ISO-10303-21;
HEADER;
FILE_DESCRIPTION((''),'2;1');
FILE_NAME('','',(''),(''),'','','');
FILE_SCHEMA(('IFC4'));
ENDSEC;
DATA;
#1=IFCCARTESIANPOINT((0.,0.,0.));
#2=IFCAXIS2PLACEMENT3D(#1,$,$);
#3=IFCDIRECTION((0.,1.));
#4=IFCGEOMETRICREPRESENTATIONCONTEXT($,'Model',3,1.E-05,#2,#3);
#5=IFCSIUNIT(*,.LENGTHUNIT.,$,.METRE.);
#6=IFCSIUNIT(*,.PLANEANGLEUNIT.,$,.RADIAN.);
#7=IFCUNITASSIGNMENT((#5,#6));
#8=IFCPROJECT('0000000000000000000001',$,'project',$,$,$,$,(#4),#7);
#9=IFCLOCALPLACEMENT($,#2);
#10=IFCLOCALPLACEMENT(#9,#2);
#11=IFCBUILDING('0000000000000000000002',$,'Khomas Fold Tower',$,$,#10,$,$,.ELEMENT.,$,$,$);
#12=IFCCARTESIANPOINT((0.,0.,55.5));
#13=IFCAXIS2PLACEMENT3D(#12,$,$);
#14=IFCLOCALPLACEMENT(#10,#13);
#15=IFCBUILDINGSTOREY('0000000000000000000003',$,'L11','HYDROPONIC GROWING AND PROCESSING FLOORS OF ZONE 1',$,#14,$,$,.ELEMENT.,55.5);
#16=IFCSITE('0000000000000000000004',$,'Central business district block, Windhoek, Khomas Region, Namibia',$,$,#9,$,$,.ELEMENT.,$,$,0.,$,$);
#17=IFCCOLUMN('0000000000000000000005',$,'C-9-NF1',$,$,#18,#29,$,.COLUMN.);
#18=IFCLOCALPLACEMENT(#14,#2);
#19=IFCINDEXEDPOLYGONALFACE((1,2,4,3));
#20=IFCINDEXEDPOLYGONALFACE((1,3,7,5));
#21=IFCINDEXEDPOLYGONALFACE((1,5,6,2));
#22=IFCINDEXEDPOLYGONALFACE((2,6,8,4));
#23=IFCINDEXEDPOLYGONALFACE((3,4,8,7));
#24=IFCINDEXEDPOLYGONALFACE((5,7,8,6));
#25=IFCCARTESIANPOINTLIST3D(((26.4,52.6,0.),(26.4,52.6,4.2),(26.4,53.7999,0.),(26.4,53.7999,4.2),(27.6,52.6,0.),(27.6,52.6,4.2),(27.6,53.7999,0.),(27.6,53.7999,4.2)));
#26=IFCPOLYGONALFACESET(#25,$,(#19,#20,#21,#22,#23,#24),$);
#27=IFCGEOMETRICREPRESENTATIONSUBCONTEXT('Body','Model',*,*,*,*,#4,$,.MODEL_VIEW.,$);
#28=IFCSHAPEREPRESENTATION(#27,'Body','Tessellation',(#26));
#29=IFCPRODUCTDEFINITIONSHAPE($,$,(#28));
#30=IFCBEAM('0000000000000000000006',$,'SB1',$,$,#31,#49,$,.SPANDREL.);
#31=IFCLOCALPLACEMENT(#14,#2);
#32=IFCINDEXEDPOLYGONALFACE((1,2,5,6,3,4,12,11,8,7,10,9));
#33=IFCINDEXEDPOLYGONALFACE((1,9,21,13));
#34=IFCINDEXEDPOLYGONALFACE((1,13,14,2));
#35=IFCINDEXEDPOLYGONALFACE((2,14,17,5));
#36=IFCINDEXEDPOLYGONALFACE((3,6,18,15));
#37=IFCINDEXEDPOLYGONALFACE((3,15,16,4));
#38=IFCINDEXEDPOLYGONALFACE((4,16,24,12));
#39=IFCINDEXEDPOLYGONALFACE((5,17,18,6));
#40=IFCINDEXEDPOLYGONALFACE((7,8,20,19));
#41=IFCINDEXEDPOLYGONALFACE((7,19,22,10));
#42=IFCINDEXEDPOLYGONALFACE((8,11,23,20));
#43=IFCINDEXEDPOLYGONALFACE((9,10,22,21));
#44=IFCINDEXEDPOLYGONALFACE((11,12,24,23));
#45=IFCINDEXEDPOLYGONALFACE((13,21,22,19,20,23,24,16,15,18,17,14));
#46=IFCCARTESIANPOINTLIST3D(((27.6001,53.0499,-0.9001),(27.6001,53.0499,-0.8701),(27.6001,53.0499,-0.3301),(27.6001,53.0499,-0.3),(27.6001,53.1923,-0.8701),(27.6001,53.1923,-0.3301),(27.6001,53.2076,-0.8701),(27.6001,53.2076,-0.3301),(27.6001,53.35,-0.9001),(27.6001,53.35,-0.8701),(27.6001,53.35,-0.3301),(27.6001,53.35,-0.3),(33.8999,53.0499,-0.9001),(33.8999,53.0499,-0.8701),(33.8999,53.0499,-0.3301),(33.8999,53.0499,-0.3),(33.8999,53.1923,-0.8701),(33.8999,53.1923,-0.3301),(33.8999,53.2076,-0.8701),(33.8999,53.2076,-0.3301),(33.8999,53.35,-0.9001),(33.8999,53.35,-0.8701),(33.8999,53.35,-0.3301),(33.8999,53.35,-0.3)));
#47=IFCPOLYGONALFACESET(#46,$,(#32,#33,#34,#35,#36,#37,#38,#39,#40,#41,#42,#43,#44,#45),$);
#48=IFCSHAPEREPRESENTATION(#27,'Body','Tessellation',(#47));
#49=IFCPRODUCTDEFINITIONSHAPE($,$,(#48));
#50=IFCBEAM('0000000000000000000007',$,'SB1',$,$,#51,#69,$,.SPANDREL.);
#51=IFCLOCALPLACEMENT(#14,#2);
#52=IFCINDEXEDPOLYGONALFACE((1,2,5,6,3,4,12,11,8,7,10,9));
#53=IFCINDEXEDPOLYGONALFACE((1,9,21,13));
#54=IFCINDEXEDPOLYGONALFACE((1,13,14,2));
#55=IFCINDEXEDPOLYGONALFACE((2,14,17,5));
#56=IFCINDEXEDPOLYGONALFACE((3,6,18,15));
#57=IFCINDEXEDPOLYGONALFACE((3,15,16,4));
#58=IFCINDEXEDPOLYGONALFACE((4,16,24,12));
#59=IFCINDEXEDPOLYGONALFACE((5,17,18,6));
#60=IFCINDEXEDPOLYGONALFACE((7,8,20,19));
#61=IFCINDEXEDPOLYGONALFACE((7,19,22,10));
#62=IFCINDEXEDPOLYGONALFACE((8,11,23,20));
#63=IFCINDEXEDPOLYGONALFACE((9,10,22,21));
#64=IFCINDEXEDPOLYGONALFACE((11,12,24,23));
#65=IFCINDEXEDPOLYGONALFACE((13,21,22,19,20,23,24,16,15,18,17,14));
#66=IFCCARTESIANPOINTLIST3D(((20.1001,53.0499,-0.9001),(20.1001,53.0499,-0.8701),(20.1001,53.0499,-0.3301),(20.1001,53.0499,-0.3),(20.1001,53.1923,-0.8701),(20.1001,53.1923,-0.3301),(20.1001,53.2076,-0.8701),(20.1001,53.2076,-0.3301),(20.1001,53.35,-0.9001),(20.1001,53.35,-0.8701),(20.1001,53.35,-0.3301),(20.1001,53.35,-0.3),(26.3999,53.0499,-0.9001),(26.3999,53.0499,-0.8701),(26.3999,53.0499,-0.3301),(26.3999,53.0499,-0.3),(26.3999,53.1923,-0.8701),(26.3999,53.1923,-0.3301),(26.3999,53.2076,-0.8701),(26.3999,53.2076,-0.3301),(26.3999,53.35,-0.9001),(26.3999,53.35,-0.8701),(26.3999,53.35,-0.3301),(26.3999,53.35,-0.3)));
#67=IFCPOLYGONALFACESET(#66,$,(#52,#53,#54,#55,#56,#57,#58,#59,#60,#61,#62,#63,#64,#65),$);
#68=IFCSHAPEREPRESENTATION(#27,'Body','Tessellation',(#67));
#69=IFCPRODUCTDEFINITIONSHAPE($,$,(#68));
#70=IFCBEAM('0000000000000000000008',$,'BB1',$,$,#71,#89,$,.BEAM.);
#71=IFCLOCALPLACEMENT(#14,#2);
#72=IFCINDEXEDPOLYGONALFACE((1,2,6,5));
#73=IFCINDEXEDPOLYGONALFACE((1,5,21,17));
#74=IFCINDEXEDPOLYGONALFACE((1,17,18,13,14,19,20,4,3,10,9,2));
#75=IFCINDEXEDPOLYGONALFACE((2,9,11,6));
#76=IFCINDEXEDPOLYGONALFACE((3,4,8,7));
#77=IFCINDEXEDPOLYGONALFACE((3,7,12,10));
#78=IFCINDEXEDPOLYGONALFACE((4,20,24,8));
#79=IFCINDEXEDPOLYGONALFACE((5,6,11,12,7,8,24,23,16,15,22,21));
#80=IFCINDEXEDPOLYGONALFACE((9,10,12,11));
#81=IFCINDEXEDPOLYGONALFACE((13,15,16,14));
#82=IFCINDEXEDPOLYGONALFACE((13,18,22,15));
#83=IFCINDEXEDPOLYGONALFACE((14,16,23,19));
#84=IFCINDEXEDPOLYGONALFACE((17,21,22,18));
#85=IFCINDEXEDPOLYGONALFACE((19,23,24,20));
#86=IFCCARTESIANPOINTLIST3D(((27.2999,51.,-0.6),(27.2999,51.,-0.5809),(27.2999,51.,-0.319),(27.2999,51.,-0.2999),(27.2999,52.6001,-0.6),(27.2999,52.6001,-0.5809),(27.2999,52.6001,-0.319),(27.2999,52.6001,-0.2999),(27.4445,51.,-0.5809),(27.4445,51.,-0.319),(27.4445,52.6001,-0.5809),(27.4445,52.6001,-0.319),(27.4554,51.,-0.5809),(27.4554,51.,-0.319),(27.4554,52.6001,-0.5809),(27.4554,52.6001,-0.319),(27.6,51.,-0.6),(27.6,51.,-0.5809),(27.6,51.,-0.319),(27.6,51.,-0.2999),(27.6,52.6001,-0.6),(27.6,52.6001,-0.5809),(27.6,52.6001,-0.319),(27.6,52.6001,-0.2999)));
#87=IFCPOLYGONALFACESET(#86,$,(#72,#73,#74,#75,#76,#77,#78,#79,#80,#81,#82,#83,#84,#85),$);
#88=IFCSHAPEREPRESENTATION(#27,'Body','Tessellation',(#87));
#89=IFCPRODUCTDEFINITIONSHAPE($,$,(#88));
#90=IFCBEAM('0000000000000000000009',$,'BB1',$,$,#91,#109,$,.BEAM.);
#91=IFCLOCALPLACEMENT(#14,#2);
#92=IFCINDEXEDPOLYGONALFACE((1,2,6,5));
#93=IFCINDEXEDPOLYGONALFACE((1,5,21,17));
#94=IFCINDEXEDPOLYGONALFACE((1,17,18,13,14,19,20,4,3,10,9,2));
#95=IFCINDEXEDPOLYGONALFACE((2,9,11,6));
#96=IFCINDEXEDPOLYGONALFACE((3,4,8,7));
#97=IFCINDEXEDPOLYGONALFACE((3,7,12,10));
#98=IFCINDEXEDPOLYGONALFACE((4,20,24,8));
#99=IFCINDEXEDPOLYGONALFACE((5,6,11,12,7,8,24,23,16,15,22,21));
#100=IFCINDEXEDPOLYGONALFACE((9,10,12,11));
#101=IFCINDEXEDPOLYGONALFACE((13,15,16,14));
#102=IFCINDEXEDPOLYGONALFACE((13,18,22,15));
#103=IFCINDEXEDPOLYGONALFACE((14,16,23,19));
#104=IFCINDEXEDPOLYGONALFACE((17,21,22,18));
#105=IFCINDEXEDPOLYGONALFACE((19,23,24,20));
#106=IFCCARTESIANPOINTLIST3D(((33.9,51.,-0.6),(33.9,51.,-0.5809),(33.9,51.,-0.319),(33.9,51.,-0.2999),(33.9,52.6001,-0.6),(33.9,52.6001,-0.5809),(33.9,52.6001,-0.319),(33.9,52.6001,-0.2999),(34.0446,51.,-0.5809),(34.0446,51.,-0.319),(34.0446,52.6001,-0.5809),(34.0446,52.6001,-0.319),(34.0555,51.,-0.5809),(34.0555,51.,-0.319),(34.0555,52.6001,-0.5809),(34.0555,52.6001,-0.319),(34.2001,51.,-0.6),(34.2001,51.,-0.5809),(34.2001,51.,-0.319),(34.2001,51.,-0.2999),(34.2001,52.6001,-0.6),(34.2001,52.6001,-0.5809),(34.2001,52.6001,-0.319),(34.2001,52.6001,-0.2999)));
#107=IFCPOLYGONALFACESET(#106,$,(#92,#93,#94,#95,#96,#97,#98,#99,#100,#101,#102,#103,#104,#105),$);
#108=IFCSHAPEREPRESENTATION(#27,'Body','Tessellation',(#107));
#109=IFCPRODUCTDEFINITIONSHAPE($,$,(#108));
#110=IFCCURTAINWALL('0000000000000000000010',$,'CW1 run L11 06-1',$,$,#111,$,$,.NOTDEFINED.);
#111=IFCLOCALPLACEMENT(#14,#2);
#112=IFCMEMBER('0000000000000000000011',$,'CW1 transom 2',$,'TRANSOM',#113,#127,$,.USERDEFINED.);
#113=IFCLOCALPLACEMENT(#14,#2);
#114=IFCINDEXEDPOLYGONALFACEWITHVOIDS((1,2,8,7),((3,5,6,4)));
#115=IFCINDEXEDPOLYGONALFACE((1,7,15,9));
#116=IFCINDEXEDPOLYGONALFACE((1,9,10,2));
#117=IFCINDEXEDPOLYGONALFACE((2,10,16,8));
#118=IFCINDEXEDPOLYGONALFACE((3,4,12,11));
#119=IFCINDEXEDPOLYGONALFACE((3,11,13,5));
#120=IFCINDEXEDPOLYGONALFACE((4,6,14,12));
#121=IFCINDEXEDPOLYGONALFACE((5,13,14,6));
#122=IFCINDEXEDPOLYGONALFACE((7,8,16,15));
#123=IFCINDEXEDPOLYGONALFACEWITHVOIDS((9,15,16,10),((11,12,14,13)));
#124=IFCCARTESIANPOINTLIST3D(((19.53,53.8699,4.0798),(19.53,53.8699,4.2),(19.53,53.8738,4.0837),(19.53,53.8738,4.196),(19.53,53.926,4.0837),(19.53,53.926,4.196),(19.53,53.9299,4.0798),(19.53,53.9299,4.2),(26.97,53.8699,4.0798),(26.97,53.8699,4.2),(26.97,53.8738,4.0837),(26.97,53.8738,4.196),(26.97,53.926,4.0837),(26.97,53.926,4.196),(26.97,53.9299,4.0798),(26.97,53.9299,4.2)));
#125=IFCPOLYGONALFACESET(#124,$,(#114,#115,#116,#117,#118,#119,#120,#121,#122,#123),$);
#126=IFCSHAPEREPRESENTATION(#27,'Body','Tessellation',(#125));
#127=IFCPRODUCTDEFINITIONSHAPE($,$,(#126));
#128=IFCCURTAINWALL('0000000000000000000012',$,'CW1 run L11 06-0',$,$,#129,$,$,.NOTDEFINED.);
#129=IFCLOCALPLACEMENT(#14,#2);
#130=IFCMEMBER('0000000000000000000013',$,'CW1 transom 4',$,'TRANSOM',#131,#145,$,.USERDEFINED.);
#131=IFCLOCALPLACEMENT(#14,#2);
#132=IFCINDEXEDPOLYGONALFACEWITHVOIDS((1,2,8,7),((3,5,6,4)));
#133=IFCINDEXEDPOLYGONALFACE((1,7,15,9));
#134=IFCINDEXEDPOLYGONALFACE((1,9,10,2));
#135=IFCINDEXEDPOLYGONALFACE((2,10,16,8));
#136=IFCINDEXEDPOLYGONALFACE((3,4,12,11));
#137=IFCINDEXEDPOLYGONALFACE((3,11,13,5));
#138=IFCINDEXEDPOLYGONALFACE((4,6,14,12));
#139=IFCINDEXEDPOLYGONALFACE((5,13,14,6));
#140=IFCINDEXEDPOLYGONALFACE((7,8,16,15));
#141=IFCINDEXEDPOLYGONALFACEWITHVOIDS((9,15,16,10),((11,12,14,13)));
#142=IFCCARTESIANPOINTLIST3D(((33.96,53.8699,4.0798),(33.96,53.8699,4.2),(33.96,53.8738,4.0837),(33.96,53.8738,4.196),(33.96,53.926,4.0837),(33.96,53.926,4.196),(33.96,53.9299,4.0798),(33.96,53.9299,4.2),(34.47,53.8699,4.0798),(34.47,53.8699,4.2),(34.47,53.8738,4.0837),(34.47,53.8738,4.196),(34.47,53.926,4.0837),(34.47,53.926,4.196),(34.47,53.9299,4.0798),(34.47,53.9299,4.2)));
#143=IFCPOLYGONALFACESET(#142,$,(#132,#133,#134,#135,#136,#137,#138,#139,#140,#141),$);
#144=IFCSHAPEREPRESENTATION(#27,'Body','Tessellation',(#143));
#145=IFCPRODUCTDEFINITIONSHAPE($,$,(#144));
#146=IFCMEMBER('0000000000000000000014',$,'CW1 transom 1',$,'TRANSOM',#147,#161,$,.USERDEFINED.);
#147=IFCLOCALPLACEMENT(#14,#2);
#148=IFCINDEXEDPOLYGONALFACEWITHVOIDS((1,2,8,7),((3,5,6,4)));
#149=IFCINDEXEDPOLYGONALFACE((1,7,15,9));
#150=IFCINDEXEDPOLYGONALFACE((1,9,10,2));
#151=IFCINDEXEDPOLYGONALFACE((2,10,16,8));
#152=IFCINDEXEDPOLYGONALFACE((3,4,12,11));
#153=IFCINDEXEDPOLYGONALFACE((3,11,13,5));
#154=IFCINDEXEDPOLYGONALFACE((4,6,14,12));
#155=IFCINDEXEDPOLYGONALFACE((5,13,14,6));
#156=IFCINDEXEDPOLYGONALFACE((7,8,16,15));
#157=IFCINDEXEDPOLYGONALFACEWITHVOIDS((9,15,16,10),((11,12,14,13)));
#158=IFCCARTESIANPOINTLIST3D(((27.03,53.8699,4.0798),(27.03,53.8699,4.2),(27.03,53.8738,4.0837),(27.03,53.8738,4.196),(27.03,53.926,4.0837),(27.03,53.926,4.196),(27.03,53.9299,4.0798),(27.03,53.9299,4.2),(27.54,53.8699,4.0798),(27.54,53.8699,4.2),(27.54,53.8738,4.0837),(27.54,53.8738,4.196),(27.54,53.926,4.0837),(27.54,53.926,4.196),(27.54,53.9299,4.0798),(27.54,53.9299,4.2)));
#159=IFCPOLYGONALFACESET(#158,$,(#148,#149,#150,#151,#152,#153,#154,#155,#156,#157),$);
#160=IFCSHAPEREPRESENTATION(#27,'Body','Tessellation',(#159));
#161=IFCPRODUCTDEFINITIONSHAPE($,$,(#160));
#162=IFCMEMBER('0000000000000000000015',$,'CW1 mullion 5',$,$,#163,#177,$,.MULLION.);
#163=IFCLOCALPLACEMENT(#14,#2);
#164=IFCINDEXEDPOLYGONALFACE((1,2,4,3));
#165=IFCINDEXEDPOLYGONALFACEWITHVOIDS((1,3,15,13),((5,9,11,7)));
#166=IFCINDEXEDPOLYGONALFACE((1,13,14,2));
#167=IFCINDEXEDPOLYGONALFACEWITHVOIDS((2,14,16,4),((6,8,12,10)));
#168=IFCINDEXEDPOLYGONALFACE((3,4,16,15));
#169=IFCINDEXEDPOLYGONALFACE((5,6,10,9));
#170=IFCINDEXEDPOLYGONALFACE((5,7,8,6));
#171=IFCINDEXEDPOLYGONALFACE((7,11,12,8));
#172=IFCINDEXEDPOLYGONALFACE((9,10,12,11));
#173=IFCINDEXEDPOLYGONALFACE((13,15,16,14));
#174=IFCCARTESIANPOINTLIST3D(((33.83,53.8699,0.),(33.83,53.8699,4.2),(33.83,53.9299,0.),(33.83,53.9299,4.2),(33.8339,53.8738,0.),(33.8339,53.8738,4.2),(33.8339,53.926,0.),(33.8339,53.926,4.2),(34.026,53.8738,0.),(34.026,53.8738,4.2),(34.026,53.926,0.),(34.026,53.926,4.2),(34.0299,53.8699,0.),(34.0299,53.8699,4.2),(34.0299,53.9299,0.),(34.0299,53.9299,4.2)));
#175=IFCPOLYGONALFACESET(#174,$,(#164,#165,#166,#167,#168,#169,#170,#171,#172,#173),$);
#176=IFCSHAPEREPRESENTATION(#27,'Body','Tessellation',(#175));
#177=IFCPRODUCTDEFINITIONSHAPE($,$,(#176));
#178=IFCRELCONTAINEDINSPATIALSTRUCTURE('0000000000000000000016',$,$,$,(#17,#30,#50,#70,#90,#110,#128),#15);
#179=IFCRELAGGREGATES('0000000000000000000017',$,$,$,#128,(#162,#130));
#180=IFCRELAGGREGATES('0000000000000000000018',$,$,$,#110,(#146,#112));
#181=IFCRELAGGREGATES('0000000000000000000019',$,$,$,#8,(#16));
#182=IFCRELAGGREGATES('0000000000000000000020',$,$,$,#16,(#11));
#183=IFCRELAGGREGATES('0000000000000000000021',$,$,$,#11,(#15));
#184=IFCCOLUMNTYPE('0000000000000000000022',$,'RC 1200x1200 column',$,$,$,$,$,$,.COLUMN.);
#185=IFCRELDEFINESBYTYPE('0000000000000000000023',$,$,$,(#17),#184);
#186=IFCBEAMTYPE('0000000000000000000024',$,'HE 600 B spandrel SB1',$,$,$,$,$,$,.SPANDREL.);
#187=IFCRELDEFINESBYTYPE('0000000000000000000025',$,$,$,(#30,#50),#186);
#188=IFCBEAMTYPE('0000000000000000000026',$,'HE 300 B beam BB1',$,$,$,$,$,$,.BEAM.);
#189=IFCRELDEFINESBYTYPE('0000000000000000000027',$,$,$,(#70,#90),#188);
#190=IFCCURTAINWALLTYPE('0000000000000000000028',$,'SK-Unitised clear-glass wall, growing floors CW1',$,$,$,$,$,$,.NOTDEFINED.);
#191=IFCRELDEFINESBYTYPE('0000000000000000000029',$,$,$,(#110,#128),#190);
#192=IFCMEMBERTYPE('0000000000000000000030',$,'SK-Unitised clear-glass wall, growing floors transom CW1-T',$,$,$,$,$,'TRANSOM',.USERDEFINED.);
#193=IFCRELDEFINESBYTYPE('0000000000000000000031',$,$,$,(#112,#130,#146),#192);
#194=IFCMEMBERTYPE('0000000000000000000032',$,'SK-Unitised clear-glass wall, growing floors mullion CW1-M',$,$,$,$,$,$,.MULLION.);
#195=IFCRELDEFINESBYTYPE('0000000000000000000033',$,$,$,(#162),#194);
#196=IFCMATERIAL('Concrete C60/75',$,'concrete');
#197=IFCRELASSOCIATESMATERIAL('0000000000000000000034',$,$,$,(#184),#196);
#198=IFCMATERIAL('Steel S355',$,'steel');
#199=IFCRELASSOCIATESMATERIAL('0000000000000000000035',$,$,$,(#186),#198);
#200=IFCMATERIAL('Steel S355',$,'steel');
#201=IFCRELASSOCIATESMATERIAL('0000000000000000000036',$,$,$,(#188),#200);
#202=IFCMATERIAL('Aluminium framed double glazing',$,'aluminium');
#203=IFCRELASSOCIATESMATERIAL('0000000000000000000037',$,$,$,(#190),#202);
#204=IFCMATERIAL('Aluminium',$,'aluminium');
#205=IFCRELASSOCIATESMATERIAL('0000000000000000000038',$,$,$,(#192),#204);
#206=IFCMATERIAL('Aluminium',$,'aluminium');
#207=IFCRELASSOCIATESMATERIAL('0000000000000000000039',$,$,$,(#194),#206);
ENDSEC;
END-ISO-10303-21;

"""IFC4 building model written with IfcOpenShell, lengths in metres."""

from ifc_helpers import new_model, si_unit, direction, frame, origin, origin_2d, place, context, subcontext, project, spatial, rectangle, hollow_rectangle, i_section, extrude, source, transform, mapped, material, material_profile, profile_set, type_object, element, aggregate, save


model = new_model("IFC4")

# Units and contexts
model_context = context("Model", 3, precision=1e-05, world=origin(), true_north=direction((0.0, 1.0)))
body_context = subcontext(model_context, "Body", "Model", "MODEL_VIEW")
ifc_project = project(units=[si_unit("LENGTHUNIT", "METRE"), si_unit("PLANEANGLEUNIT", "RADIAN")], contexts=[model_context])

# Site, building, storey
site_placement = place(None, origin())
site = spatial("IfcSite", under=ifc_project, at=site_placement, Name="Central business district block, Windhoek, Khomas Region, Namibia", CompositionType="ELEMENT", RefElevation=0.0)
building_placement = place(site_placement, origin())
building = spatial("IfcBuilding", under=site, at=building_placement, Name="Khomas Fold Tower", CompositionType="ELEMENT")
storey_placement = place(building_placement, frame((0.0, 0.0, 55.5)))
storey = spatial("IfcBuildingStorey", under=building, at=storey_placement, Name="L11", Description="HYDROPONIC GROWING AND PROCESSING FLOORS OF ZONE 1", CompositionType="ELEMENT", Elevation=55.5)

# Column
ifc_material_1 = material(Name="Concrete C60/75", Category="concrete")
ifc_material_profile_1 = material_profile(ifc_material_1, rectangle(XDim=1.2, YDim=1.2, at=origin_2d()), Name="RC 1200x1200")
ifc_profile_set_1 = profile_set([ifc_material_profile_1], Name="Concrete C60/75")
column_type = type_object("IfcColumnType", Name="RC 1200x1200 column", PredefinedType="COLUMN", material=ifc_profile_set_1)
shared_shape_1 = source(origin(), body_context, "Body", "SweptSolid", [
    extrude(rectangle(XDim=1.2, YDim=1.2, at=origin_2d()), origin(), (0.0, 0.0, 1.0), 4.2),
])
column_placement = place(storey_placement, frame((27.0, 53.2, 0.0), z_axis=(0.0, 0.0, 1.0), x_axis=(1.0, 0.0, 0.0)))
element("IfcColumn", 1, at=column_placement, inside=storey, type_object=column_type, Name="C-9-NF1", PredefinedType="COLUMN", context=body_context, shape_type="MappedRepresentation", body=[
    mapped(shared_shape_1, transform((0.0, 0.0, 0.0))),
])

# Beams
ifc_material_2 = material(Name="Steel S355", Category="steel")
ifc_material_profile_2 = material_profile(ifc_material_2, i_section(OverallWidth=0.3, OverallDepth=0.6001, WebThickness=0.0154, FlangeThickness=0.03, at=origin_2d()), Name="HE 600 B")
ifc_profile_set_2 = profile_set([ifc_material_profile_2], Name="Steel S355")
beam_type_1 = type_object("IfcBeamType", Name="HE 600 B spandrel SB1", PredefinedType="SPANDREL", material=ifc_profile_set_2)
shared_shape_2 = source(origin(), body_context, "Body", "SweptSolid", [
    extrude(i_section(OverallWidth=0.3, OverallDepth=0.6001, WebThickness=0.0154, FlangeThickness=0.03, at=origin_2d()), origin(), (0.0, 0.0, 1.0), 6.2998),
])
for number, where, z_axis, x_axis, name in (
    (2, (27.6001, 53.2, -0.6001), (1.0, 0.0, 0.0), (0.0, 1.0, 0.0), "SB1"),
    (3, (20.1001, 53.2, -0.6001), (1.0, 0.0, 0.0), (0.0, 1.0, 0.0), "SB1"),
):
    element("IfcBeam", number, at=place(storey_placement, frame(where, z_axis=z_axis, x_axis=x_axis)), inside=storey, type_object=beam_type_1, Name=name, PredefinedType="SPANDREL", context=body_context, shape_type="MappedRepresentation", body=[
        mapped(shared_shape_2, transform((0.0, 0.0, 0.0))),
    ])
ifc_material_3 = material(Name="Steel S355", Category="steel")
ifc_material_profile_3 = material_profile(ifc_material_3, i_section(OverallWidth=0.3, OverallDepth=0.3, WebThickness=0.011, FlangeThickness=0.019, at=origin_2d()), Name="HE 300 B")
ifc_profile_set_3 = profile_set([ifc_material_profile_3], Name="Steel S355")
beam_type_2 = type_object("IfcBeamType", Name="HE 300 B beam BB1", PredefinedType="BEAM", material=ifc_profile_set_3)
shared_shape_3 = source(origin(), body_context, "Body", "SweptSolid", [
    extrude(i_section(OverallWidth=0.3, OverallDepth=0.3, WebThickness=0.011, FlangeThickness=0.019, at=origin_2d()), origin(), (0.0, 0.0, 1.0), 1.6001),
])
for number, where, z_axis, x_axis, name in (
    (4, (27.45, 51.0, -0.45), (0.0, 1.0, 0.0), (-1.0, 0.0, 0.0), "BB1"),
    (5, (34.05, 51.0, -0.45), (0.0, 1.0, 0.0), (-1.0, 0.0, 0.0), "BB1"),
):
    element("IfcBeam", number, at=place(storey_placement, frame(where, z_axis=z_axis, x_axis=x_axis)), inside=storey, type_object=beam_type_2, Name=name, PredefinedType="BEAM", context=body_context, shape_type="MappedRepresentation", body=[
        mapped(shared_shape_3, transform((0.0, 0.0, 0.0))),
    ])

# Curtain walls, members
ifc_material_4 = material(Name="Aluminium framed double glazing", Category="aluminium")
curtain_wall_type = type_object("IfcCurtainWallType", Name="SK-Unitised clear-glass wall, growing floors CW1", PredefinedType="NOTDEFINED", material=ifc_material_4)
curtain_wall_1_placement = place(storey_placement, origin())
curtain_wall_1 = element("IfcCurtainWall", 6, at=curtain_wall_1_placement, inside=storey, type_object=curtain_wall_type, Name="CW1 run L11 06-1", PredefinedType="NOTDEFINED")
ifc_material_5 = material(Name="Aluminium", Category="aluminium")
ifc_material_profile_4 = material_profile(ifc_material_5, hollow_rectangle(XDim=0.0601, YDim=0.1201, WallThickness=0.0039, at=origin_2d()), Name="SK-Unitised clear-glass wall, growing floors transom CW1-T")
ifc_profile_set_4 = profile_set([ifc_material_profile_4], Name="Aluminium")
member_type_1 = type_object("IfcMemberType", Name="SK-Unitised clear-glass wall, growing floors transom CW1-T", ElementType="TRANSOM", PredefinedType="USERDEFINED", material=ifc_profile_set_4)
shared_shape_4 = source(origin(), body_context, "Body", "SweptSolid", [
    extrude(hollow_rectangle(XDim=0.0601, YDim=0.1201, WallThickness=0.0039, at=origin_2d()), origin(), (0.0, 0.0, 1.0), 7.4399),
])
member_1_placement = place(storey_placement, frame((26.97, 53.8999, 4.1399), z_axis=(-1.0, 0.0, 0.0), x_axis=(0.0, -1.0, 0.0)))
member_1 = element("IfcMember", 7, at=member_1_placement, type_object=member_type_1, Name="CW1 transom 2", ObjectType="TRANSOM", PredefinedType="USERDEFINED", context=body_context, shape_type="MappedRepresentation", body=[
    mapped(shared_shape_4, transform((0.0, 0.0, 0.0))),
])
curtain_wall_2_placement = place(storey_placement, origin())
curtain_wall_2 = element("IfcCurtainWall", 8, at=curtain_wall_2_placement, inside=storey, type_object=curtain_wall_type, Name="CW1 run L11 06-0", PredefinedType="NOTDEFINED")
shared_shape_5 = source(origin(), body_context, "Body", "SweptSolid", [
    extrude(hollow_rectangle(XDim=0.0601, YDim=0.1201, WallThickness=0.0039, at=origin_2d()), origin(), (0.0, 0.0, 1.0), 0.51),
])
member_2_placement = place(storey_placement, frame((34.47, 53.8999, 4.1399), z_axis=(-1.0, 0.0, 0.0), x_axis=(0.0, -1.0, 0.0)))
member_2 = element("IfcMember", 9, at=member_2_placement, type_object=member_type_1, Name="CW1 transom 4", ObjectType="TRANSOM", PredefinedType="USERDEFINED", context=body_context, shape_type="MappedRepresentation", body=[
    mapped(shared_shape_5, transform((0.0, 0.0, 0.0))),
])

# Members
member_3_placement = place(storey_placement, frame((27.54, 53.8999, 4.1399), z_axis=(-1.0, 0.0, 0.0), x_axis=(0.0, -1.0, 0.0)))
member_3 = element("IfcMember", 10, at=member_3_placement, type_object=member_type_1, Name="CW1 transom 1", ObjectType="TRANSOM", PredefinedType="USERDEFINED", context=body_context, shape_type="MappedRepresentation", body=[
    mapped(shared_shape_5, transform((0.0, 0.0, 0.0))),
])
ifc_material_6 = material(Name="Aluminium", Category="aluminium")
ifc_material_profile_5 = material_profile(ifc_material_6, hollow_rectangle(XDim=0.0601, YDim=0.2, WallThickness=0.0039, at=origin_2d()), Name="SK-Unitised clear-glass wall, growing floors mullion CW1-M")
ifc_profile_set_5 = profile_set([ifc_material_profile_5], Name="Aluminium")
member_type_2 = type_object("IfcMemberType", Name="SK-Unitised clear-glass wall, growing floors mullion CW1-M", PredefinedType="MULLION", material=ifc_profile_set_5)
shared_shape_6 = source(origin(), body_context, "Body", "SweptSolid", [
    extrude(hollow_rectangle(XDim=0.0601, YDim=0.2, WallThickness=0.0039, at=origin_2d()), origin(), (0.0, 0.0, 1.0), 4.2),
])
member_4_placement = place(storey_placement, frame((33.9299, 53.8999, 0.0), z_axis=(0.0, 0.0, 1.0), x_axis=(0.0, -1.0, 0.0)))
member_4 = element("IfcMember", 11, at=member_4_placement, type_object=member_type_2, Name="CW1 mullion 5", PredefinedType="MULLION", context=body_context, shape_type="MappedRepresentation", body=[
    mapped(shared_shape_6, transform((0.0, 0.0, 0.0))),
])

aggregate(curtain_wall_2, [member_4, member_2])
aggregate(curtain_wall_1, [member_3, member_1])

save(model, "model.ifc")
